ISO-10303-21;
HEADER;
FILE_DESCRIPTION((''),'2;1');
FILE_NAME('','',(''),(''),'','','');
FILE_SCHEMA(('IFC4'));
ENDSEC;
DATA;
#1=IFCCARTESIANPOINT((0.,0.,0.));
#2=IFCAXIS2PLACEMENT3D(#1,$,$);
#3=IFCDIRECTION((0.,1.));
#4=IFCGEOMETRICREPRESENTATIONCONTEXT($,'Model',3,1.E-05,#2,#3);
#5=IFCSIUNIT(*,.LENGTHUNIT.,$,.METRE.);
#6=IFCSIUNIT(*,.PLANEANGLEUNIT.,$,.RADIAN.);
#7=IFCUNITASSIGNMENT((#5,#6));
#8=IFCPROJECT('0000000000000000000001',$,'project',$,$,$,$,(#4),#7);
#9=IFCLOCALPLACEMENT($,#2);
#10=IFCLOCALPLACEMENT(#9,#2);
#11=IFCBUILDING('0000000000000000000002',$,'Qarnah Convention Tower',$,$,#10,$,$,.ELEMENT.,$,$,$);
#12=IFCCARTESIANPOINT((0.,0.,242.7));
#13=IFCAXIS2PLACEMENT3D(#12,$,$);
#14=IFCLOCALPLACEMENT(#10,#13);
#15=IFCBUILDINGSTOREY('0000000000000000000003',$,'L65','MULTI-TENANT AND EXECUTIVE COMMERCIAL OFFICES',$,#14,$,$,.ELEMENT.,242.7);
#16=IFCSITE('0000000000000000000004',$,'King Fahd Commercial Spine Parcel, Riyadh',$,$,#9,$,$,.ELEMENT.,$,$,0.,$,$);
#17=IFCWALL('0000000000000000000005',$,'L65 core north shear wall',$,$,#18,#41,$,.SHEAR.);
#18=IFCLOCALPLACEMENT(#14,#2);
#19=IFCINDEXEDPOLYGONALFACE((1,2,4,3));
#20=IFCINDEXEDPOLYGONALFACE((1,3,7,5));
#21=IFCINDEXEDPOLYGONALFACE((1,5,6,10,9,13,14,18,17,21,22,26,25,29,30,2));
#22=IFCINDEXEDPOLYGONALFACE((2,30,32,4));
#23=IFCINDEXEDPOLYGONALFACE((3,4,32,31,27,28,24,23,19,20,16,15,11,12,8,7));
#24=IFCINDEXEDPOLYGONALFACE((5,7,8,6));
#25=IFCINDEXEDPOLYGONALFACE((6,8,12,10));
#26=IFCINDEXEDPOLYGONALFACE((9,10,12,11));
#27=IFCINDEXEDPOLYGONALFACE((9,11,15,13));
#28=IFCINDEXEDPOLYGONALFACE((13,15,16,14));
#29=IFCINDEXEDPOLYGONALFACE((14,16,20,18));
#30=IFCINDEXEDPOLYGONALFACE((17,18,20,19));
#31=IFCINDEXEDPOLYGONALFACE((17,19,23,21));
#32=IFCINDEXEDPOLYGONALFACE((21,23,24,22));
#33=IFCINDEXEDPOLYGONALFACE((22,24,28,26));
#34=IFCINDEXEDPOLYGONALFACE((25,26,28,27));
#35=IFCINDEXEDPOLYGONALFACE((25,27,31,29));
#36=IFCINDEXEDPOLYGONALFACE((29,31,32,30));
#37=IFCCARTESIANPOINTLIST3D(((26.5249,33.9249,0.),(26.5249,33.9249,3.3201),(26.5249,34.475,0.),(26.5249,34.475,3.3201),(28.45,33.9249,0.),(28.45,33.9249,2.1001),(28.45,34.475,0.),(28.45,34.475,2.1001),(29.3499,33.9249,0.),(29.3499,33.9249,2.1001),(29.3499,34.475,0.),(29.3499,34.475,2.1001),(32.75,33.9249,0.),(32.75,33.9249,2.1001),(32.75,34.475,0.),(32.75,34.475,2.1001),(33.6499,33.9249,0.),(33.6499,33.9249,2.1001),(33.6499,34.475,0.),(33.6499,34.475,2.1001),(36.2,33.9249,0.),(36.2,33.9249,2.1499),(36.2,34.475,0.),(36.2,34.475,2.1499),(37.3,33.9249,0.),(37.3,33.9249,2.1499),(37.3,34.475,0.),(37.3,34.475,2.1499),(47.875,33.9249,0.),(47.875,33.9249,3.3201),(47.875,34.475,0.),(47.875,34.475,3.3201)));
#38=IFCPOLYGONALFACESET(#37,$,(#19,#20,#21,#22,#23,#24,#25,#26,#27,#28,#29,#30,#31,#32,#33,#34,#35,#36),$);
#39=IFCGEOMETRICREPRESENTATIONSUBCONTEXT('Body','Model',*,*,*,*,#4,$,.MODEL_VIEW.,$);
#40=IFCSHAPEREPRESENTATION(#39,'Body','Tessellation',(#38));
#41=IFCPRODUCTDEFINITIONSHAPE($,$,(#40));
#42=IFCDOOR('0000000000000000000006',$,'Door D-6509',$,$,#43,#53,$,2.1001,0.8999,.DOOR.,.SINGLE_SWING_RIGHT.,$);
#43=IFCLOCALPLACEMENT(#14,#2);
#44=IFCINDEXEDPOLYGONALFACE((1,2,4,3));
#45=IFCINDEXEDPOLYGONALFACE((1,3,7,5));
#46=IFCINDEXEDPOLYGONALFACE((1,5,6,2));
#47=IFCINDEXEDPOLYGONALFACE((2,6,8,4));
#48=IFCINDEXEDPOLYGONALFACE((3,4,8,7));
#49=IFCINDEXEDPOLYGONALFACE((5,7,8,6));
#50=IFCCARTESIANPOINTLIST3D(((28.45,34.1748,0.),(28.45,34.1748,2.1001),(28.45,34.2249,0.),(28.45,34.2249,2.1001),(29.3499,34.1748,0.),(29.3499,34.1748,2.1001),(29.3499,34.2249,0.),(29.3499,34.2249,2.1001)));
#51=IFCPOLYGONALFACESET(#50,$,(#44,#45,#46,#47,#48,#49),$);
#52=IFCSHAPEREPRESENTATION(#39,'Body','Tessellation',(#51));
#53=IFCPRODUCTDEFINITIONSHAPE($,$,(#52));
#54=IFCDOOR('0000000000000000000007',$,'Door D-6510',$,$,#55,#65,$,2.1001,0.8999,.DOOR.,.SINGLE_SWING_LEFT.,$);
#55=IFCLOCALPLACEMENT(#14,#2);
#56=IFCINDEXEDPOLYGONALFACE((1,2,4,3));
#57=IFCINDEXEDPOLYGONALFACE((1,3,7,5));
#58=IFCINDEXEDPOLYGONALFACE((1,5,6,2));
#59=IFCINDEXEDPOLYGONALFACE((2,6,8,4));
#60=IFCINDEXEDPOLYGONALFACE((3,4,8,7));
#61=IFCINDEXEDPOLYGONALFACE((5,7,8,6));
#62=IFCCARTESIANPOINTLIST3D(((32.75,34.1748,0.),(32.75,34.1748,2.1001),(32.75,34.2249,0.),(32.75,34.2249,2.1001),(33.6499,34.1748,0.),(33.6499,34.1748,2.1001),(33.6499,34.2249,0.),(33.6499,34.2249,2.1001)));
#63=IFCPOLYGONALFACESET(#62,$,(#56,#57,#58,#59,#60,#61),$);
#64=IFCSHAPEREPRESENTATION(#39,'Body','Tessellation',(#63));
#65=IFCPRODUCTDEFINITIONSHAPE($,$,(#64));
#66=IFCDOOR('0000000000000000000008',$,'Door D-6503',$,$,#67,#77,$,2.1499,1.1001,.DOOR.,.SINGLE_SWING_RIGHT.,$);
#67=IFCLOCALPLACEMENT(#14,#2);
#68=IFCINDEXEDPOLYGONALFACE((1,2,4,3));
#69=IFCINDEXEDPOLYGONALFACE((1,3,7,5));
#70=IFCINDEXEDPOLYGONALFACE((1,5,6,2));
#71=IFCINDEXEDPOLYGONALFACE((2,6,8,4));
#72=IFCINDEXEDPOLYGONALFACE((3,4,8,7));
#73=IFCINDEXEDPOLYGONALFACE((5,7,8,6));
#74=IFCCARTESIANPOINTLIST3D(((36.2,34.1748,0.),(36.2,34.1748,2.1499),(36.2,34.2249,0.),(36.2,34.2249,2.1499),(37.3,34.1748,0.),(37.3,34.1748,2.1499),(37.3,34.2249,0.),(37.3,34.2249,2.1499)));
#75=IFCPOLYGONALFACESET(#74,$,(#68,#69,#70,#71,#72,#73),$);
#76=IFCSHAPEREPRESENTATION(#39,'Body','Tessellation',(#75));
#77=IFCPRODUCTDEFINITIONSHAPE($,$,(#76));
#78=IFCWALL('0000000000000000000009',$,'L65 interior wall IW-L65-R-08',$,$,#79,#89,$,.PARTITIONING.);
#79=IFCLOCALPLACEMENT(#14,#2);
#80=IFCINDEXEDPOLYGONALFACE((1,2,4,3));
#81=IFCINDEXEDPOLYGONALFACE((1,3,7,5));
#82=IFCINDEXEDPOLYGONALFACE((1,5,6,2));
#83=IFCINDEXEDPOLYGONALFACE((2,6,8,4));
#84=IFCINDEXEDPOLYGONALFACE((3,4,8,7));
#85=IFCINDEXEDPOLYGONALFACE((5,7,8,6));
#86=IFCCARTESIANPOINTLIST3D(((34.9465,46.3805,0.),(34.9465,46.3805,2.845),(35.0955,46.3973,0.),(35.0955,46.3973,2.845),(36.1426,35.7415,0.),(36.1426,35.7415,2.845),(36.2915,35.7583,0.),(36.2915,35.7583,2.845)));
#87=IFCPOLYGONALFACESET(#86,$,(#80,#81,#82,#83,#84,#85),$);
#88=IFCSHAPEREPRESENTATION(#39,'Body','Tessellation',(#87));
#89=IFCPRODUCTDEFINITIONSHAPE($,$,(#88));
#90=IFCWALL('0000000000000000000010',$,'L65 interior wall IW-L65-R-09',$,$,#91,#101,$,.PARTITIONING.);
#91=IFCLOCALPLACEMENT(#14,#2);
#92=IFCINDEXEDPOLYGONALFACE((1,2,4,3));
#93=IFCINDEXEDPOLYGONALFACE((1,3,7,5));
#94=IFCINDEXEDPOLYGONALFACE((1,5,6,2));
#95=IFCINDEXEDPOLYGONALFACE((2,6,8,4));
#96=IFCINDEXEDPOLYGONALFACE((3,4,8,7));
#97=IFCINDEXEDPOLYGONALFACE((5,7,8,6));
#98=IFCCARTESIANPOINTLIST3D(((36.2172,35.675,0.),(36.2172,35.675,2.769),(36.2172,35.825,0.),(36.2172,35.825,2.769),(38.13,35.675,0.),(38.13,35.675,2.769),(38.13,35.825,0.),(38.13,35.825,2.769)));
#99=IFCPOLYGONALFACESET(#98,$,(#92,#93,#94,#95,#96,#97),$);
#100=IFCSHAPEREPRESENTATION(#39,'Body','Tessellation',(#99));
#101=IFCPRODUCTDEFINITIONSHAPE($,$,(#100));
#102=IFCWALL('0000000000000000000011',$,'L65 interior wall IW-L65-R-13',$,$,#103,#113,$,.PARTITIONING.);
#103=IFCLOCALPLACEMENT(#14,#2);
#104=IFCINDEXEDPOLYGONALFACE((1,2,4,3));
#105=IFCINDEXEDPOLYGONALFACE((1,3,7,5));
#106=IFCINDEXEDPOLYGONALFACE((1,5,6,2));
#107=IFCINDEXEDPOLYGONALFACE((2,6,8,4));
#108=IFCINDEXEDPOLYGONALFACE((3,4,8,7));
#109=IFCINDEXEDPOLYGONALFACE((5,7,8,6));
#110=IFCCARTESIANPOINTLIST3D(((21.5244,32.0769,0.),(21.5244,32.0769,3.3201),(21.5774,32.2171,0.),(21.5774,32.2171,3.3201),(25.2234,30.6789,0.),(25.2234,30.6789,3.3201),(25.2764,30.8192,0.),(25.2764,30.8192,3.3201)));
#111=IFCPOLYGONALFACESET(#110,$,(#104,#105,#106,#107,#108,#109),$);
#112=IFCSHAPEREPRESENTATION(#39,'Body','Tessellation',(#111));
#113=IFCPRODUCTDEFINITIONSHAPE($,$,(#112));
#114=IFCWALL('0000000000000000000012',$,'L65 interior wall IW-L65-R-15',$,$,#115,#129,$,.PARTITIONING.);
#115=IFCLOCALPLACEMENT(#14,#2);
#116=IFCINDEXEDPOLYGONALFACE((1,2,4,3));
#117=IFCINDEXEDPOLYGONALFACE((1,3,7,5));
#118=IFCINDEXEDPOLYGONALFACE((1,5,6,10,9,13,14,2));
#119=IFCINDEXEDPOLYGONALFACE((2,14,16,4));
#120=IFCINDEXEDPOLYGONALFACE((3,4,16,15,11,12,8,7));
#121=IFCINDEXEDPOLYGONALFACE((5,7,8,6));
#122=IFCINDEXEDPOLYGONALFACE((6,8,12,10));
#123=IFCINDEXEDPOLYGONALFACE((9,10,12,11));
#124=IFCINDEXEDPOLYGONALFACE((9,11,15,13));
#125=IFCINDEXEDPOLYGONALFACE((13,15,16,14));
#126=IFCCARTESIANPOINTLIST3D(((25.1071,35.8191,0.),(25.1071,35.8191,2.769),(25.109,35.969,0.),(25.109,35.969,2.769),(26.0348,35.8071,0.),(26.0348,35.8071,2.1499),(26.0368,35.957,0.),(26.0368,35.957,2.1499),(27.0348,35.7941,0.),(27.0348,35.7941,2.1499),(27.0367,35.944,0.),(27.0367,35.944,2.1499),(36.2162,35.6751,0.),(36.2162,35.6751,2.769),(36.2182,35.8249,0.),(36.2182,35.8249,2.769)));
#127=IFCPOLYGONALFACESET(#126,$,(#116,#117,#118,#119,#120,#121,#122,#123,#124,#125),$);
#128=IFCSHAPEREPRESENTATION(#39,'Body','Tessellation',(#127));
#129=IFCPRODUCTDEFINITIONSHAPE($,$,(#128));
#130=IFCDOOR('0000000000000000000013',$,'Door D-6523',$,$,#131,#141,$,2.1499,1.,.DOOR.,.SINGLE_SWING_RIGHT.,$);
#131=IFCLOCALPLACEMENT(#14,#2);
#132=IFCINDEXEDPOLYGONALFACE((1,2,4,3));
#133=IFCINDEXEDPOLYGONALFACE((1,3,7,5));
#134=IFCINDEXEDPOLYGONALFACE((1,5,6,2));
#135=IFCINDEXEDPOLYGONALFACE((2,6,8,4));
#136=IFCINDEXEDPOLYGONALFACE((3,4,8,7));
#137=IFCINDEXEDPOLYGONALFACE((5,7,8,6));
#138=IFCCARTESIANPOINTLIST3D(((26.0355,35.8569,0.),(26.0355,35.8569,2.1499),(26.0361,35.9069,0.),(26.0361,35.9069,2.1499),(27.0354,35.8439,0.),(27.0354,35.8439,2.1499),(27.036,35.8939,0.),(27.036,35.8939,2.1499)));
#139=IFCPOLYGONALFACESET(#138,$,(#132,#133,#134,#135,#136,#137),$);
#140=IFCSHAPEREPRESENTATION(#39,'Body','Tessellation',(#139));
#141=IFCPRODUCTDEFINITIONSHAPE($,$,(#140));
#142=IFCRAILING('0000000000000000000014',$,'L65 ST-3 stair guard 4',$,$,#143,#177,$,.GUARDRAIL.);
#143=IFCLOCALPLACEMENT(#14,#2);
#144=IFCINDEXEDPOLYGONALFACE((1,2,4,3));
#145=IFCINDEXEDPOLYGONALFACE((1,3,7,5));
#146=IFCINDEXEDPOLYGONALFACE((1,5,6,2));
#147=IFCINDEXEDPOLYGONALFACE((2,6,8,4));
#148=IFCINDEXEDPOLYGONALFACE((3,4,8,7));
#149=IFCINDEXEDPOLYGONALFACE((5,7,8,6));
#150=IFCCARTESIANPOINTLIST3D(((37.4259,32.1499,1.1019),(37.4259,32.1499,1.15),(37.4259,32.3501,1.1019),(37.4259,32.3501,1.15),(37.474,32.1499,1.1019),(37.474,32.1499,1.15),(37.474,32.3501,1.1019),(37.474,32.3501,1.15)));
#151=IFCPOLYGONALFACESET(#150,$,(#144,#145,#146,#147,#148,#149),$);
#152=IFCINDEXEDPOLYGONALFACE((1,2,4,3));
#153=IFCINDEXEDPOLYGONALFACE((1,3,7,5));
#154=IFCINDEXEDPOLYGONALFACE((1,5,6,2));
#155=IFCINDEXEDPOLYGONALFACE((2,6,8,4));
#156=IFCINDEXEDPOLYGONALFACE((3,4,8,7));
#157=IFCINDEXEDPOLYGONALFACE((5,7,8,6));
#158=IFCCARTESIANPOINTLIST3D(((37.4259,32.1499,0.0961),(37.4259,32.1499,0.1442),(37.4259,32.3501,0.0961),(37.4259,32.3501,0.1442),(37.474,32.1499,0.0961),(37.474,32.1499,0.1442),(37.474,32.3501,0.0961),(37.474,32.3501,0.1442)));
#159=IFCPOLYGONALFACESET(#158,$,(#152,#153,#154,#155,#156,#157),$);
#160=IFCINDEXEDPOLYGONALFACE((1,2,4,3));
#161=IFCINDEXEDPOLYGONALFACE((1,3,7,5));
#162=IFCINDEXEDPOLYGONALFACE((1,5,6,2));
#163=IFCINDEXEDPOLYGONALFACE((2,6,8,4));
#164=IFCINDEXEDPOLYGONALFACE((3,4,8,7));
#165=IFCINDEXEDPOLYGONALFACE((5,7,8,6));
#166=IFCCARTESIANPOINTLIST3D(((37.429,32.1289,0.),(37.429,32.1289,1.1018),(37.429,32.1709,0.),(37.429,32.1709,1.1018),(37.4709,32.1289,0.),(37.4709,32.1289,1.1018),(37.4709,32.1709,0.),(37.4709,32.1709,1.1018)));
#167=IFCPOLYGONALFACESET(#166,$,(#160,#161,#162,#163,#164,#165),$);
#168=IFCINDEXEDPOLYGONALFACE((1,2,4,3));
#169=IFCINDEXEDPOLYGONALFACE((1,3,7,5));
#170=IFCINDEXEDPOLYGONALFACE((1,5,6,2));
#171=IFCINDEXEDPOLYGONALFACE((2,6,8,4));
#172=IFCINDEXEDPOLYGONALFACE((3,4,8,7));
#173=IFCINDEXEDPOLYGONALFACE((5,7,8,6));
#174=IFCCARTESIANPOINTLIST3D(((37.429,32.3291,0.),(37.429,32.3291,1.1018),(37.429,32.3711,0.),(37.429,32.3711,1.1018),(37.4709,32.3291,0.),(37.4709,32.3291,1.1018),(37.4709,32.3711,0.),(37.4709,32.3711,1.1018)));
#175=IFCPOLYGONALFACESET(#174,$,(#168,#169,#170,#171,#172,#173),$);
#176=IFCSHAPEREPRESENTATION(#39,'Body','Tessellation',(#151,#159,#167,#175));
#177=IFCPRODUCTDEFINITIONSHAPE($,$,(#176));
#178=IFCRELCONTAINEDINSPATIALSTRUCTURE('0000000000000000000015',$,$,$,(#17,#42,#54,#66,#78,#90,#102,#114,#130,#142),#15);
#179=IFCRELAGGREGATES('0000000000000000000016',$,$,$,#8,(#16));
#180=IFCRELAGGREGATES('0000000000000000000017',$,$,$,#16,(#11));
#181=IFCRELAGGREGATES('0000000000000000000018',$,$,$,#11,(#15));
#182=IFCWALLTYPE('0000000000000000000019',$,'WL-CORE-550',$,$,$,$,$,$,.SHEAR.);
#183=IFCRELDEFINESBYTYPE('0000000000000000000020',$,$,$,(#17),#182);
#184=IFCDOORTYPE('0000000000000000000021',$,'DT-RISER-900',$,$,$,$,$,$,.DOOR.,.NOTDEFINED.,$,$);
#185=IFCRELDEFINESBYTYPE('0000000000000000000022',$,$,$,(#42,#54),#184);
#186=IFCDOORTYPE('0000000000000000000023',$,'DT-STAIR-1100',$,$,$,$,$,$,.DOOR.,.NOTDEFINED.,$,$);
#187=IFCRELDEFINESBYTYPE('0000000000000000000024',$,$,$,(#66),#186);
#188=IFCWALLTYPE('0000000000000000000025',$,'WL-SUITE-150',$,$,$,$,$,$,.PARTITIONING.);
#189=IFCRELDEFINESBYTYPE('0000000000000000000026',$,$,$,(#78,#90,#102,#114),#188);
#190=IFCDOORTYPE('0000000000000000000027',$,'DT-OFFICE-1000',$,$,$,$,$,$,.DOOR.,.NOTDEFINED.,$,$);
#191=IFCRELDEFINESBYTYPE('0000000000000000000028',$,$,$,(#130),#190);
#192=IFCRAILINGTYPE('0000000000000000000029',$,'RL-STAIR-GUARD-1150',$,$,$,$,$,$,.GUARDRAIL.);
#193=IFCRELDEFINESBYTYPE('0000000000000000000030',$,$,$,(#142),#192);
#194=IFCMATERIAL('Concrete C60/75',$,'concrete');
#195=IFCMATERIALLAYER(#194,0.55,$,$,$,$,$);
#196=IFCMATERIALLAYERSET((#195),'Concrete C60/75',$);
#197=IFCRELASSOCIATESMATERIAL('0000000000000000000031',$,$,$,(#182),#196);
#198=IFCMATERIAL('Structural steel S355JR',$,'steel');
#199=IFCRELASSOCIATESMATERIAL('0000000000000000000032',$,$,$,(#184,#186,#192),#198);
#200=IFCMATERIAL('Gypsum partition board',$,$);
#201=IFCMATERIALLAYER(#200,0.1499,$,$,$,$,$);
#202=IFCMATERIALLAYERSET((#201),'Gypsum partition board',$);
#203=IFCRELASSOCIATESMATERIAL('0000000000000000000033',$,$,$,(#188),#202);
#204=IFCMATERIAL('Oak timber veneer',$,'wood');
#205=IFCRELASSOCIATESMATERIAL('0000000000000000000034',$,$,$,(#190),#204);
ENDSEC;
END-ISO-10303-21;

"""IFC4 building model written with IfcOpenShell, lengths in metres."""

from ifc_helpers import new_model, si_unit, direction, frame, frame_2d, origin, origin_2d, place, context, subcontext, project, spatial, rectangle, extrude, material, layer, layer_set, type_object, element, fill, save


model = new_model("IFC4")

# Units and contexts
model_context = context("Model", 3, precision=1e-05, world=origin(), true_north=direction((0.0, 1.0)))
body_context = subcontext(model_context, "Body", "Model", "MODEL_VIEW")
ifc_project = project(units=[si_unit("LENGTHUNIT", "METRE"), si_unit("PLANEANGLEUNIT", "RADIAN")], contexts=[model_context])

# Site, building, storey
site_placement = place(None, origin())
site = spatial("IfcSite", under=ifc_project, at=site_placement, Name="King Fahd Commercial Spine Parcel, Riyadh", CompositionType="ELEMENT", RefElevation=0.0)
building_placement = place(site_placement, origin())
building = spatial("IfcBuilding", under=site, at=building_placement, Name="Qarnah Convention Tower", CompositionType="ELEMENT")
storey_placement = place(building_placement, frame((0.0, 0.0, 242.7)))
storey = spatial("IfcBuildingStorey", under=building, at=storey_placement, Name="L65", Description="MULTI-TENANT AND EXECUTIVE COMMERCIAL OFFICES", CompositionType="ELEMENT", Elevation=242.7)

# Shared definitions
ifc_material_1 = material(Name="Structural steel S355JR", Category="steel")

# Wall, openings, doors
ifc_material_2 = material(Name="Concrete C60/75", Category="concrete")
ifc_layer_1 = layer(ifc_material_2, 0.55)
ifc_layer_set_1 = layer_set([ifc_layer_1], Name="Concrete C60/75")
wall_type_1 = type_object("IfcWallType", Name="WL-CORE-550", PredefinedType="SHEAR", material=ifc_layer_set_1)
wall_1_placement = place(storey_placement, frame((26.5249, 34.2, 0.0), z_axis=(0.0, 0.0, 1.0), x_axis=(1.0, 0.0, 0.0)))
wall_1 = element("IfcWall", 1, at=wall_1_placement, inside=storey, type_object=wall_type_1, Name="L65 core north shear wall", PredefinedType="SHEAR", context=body_context, shape_type="SweptSolid", body=[
    extrude(rectangle(XDim=21.3501, YDim=0.55, at=frame_2d((10.675, 0.0))), origin(), (0.0, 0.0, 1.0), 3.3201),
])
opening_1_placement = place(wall_1_placement, frame((9.675, 0.0, 0.0)))
opening_1 = element("IfcOpeningElement", 2, at=opening_1_placement, cuts=wall_1, PredefinedType="OPENING", context=body_context, shape_type="SweptSolid", body=[
    extrude(rectangle(XDim=1.1001, YDim=2.1499, at=frame_2d((0.55, 1.075))), frame((0.0, 0.2849, 0.0), z_axis=(0.0, -1.0, 0.0), x_axis=(1.0, 0.0, 0.0)), (0.0, 0.0, 1.0), 0.5701),
])
opening_2_placement = place(wall_1_placement, frame((1.925, 0.0, 0.0)))
opening_2 = element("IfcOpeningElement", 3, at=opening_2_placement, cuts=wall_1, PredefinedType="OPENING", context=body_context, shape_type="SweptSolid", body=[
    extrude(rectangle(XDim=0.8999, YDim=2.1001, at=frame_2d((0.45, 1.05))), frame((0.0, 0.2849, 0.0), z_axis=(0.0, -1.0, 0.0), x_axis=(1.0, 0.0, 0.0)), (0.0, 0.0, 1.0), 0.5701),
])
opening_3_placement = place(wall_1_placement, frame((6.2251, 0.0, 0.0)))
opening_3 = element("IfcOpeningElement", 4, at=opening_3_placement, cuts=wall_1, PredefinedType="OPENING", context=body_context, shape_type="SweptSolid", body=[
    extrude(rectangle(XDim=0.8999, YDim=2.1001, at=frame_2d((0.45, 1.05))), frame((0.0, 0.2849, 0.0), z_axis=(0.0, -1.0, 0.0), x_axis=(1.0, 0.0, 0.0)), (0.0, 0.0, 1.0), 0.5701),
])
door_type_1 = type_object("IfcDoorType", Name="DT-RISER-900", OperationType="NOTDEFINED", PredefinedType="DOOR", material=ifc_material_1)
door_1_placement = place(opening_2_placement, origin())
door_1 = element("IfcDoor", 5, at=door_1_placement, inside=storey, type_object=door_type_1, Name="Door D-6509", OperationType="SINGLE_SWING_RIGHT", OverallHeight=2.1001, OverallWidth=0.8999, PredefinedType="DOOR", context=body_context, shape_type="SweptSolid", body=[
    extrude(rectangle(XDim=0.8999, YDim=2.1001, at=frame_2d((0.45, 1.05))), frame((0.0, 0.0249, 0.0), z_axis=(0.0, -1.0, 0.0), x_axis=(1.0, 0.0, 0.0)), (0.0, 0.0, 1.0), 0.05),
])
fill(opening_2, door_1)
door_2_placement = place(opening_3_placement, origin())
door_2 = element("IfcDoor", 6, at=door_2_placement, inside=storey, type_object=door_type_1, Name="Door D-6510", OperationType="SINGLE_SWING_LEFT", OverallHeight=2.1001, OverallWidth=0.8999, PredefinedType="DOOR", context=body_context, shape_type="SweptSolid", body=[
    extrude(rectangle(XDim=0.8999, YDim=2.1001, at=frame_2d((0.45, 1.05))), frame((0.0, 0.0249, 0.0), z_axis=(0.0, -1.0, 0.0), x_axis=(1.0, 0.0, 0.0)), (0.0, 0.0, 1.0), 0.05),
])
fill(opening_3, door_2)
door_type_2 = type_object("IfcDoorType", Name="DT-STAIR-1100", OperationType="NOTDEFINED", PredefinedType="DOOR", material=ifc_material_1)
door_3_placement = place(opening_1_placement, origin())
door_3 = element("IfcDoor", 7, at=door_3_placement, inside=storey, type_object=door_type_2, Name="Door D-6503", OperationType="SINGLE_SWING_RIGHT", OverallHeight=2.1499, OverallWidth=1.1001, PredefinedType="DOOR", context=body_context, shape_type="SweptSolid", body=[
    extrude(rectangle(XDim=1.1001, YDim=2.1499, at=frame_2d((0.55, 1.075))), frame((0.0, 0.0249, 0.0), z_axis=(0.0, -1.0, 0.0), x_axis=(1.0, 0.0, 0.0)), (0.0, 0.0, 1.0), 0.05),
])
fill(opening_1, door_3)

# Walls
ifc_material_3 = material(Name="Gypsum partition board")
ifc_layer_2 = layer(ifc_material_3, 0.1499)
ifc_layer_set_2 = layer_set([ifc_layer_2], Name="Gypsum partition board")
wall_type_2 = type_object("IfcWallType", Name="WL-SUITE-150", PredefinedType="PARTITIONING", material=ifc_layer_set_2)
wall_2_placement = place(storey_placement, frame((35.021, 46.3889, 0.0), z_axis=(0.0, 0.0, 1.0), x_axis=(0.111718, -0.99374, 0.0)))
element("IfcWall", 8, at=wall_2_placement, inside=storey, type_object=wall_type_2, Name="L65 interior wall IW-L65-R-08", PredefinedType="PARTITIONING", context=body_context, shape_type="SweptSolid", body=[
    extrude(rectangle(XDim=10.7061, YDim=0.1499, at=frame_2d((5.353, 0.0))), origin(), (0.0, 0.0, 1.0), 2.845),
])
wall_3_placement = place(storey_placement, frame((36.217, 35.75, 0.0), z_axis=(0.0, 0.0, 1.0), x_axis=(1.0, 0.0, 0.0)))
element("IfcWall", 9, at=wall_3_placement, inside=storey, type_object=wall_type_2, Name="L65 interior wall IW-L65-R-09", PredefinedType="PARTITIONING", context=body_context, shape_type="SweptSolid", body=[
    extrude(rectangle(XDim=1.9128, YDim=0.1499, at=frame_2d((0.9565, 0.0))), origin(), (0.0, 0.0, 1.0), 2.769),
])
wall_4_placement = place(storey_placement, frame((21.551, 32.147, 0.0), z_axis=(0.0, 0.0, 1.0), x_axis=(0.935425, -0.353524, 0.0)))
element("IfcWall", 10, at=wall_4_placement, inside=storey, type_object=wall_type_2, Name="L65 interior wall IW-L65-R-13", PredefinedType="PARTITIONING", context=body_context, shape_type="SweptSolid", body=[
    extrude(rectangle(XDim=3.9543, YDim=0.1499, at=frame_2d((1.9771, 0.0))), origin(), (0.0, 0.0, 1.0), 3.3201),
])

# Wall, opening, door
wall_5_placement = place(storey_placement, frame((25.1079, 35.894, 0.0), z_axis=(0.0, 0.0, 1.0), x_axis=(0.999916, -0.012965, 0.0)))
wall_5 = element("IfcWall", 11, at=wall_5_placement, inside=storey, type_object=wall_type_2, Name="L65 interior wall IW-L65-R-15", PredefinedType="PARTITIONING", context=body_context, shape_type="SweptSolid", body=[
    extrude(rectangle(XDim=11.1101, YDim=0.1499, at=frame_2d((5.5552, 0.0))), origin(), (0.0, 0.0, 1.0), 2.769),
])
opening_4_placement = place(wall_5_placement, frame((0.928, 0.0, 0.0)))
opening_4 = element("IfcOpeningElement", 12, at=opening_4_placement, cuts=wall_5, PredefinedType="OPENING", context=body_context, shape_type="SweptSolid", body=[
    extrude(rectangle(XDim=1.0, YDim=2.1499, at=frame_2d((0.5, 1.075))), frame((0.0, 0.085, 0.0), z_axis=(0.0, -1.0, 0.0), x_axis=(1.0, 0.0, 0.0)), (0.0, 0.0, 1.0), 0.1699),
])
ifc_material_4 = material(Name="Oak timber veneer", Category="wood")
door_type_3 = type_object("IfcDoorType", Name="DT-OFFICE-1000", OperationType="NOTDEFINED", PredefinedType="DOOR", material=ifc_material_4)
door_4_placement = place(opening_4_placement, origin())
door_4 = element("IfcDoor", 13, at=door_4_placement, inside=storey, type_object=door_type_3, Name="Door D-6523", OperationType="SINGLE_SWING_RIGHT", OverallHeight=2.1499, OverallWidth=1.0, PredefinedType="DOOR", context=body_context, shape_type="SweptSolid", body=[
    extrude(rectangle(XDim=1.0, YDim=2.1499, at=frame_2d((0.5, 1.075))), frame((0.0, 0.0249, 0.0), z_axis=(0.0, -1.0, 0.0), x_axis=(1.0, 0.0, 0.0)), (0.0, 0.0, 1.0), 0.05),
])
fill(opening_4, door_4)

# Railing
railing_type = type_object("IfcRailingType", Name="RL-STAIR-GUARD-1150", PredefinedType="GUARDRAIL", material=ifc_material_1)
railing_placement = place(storey_placement, frame((37.45, 32.1499, 0.0)))
element("IfcRailing", 14, at=railing_placement, inside=storey, type_object=railing_type, Name="L65 ST-3 stair guard 4", PredefinedType="GUARDRAIL", context=body_context, shape_type="SweptSolid", body=[
    extrude(rectangle(XDim=0.0481, YDim=0.0481, at=origin_2d()), frame((0.0, 0.0, 1.126), z_axis=(0.0, 1.0, 0.0), x_axis=(-1.0, 0.0, 0.0)), (0.0, 0.0, 1.0), 0.2002),
    extrude(rectangle(XDim=0.0481, YDim=0.0481, at=origin_2d()), frame((0.0, 0.0, 0.1201), z_axis=(0.0, 1.0, 0.0), x_axis=(-1.0, 0.0, 0.0)), (0.0, 0.0, 1.0), 0.2002),
    extrude(rectangle(XDim=0.042, YDim=0.042, at=origin_2d()), origin(), (0.0, 0.0, 1.0), 1.1018),
    extrude(rectangle(XDim=0.042, YDim=0.042, at=origin_2d()), frame((0.0, 0.2002, 0.0)), (0.0, 0.0, 1.0), 1.1018),
])

save(model, "model.ifc")
